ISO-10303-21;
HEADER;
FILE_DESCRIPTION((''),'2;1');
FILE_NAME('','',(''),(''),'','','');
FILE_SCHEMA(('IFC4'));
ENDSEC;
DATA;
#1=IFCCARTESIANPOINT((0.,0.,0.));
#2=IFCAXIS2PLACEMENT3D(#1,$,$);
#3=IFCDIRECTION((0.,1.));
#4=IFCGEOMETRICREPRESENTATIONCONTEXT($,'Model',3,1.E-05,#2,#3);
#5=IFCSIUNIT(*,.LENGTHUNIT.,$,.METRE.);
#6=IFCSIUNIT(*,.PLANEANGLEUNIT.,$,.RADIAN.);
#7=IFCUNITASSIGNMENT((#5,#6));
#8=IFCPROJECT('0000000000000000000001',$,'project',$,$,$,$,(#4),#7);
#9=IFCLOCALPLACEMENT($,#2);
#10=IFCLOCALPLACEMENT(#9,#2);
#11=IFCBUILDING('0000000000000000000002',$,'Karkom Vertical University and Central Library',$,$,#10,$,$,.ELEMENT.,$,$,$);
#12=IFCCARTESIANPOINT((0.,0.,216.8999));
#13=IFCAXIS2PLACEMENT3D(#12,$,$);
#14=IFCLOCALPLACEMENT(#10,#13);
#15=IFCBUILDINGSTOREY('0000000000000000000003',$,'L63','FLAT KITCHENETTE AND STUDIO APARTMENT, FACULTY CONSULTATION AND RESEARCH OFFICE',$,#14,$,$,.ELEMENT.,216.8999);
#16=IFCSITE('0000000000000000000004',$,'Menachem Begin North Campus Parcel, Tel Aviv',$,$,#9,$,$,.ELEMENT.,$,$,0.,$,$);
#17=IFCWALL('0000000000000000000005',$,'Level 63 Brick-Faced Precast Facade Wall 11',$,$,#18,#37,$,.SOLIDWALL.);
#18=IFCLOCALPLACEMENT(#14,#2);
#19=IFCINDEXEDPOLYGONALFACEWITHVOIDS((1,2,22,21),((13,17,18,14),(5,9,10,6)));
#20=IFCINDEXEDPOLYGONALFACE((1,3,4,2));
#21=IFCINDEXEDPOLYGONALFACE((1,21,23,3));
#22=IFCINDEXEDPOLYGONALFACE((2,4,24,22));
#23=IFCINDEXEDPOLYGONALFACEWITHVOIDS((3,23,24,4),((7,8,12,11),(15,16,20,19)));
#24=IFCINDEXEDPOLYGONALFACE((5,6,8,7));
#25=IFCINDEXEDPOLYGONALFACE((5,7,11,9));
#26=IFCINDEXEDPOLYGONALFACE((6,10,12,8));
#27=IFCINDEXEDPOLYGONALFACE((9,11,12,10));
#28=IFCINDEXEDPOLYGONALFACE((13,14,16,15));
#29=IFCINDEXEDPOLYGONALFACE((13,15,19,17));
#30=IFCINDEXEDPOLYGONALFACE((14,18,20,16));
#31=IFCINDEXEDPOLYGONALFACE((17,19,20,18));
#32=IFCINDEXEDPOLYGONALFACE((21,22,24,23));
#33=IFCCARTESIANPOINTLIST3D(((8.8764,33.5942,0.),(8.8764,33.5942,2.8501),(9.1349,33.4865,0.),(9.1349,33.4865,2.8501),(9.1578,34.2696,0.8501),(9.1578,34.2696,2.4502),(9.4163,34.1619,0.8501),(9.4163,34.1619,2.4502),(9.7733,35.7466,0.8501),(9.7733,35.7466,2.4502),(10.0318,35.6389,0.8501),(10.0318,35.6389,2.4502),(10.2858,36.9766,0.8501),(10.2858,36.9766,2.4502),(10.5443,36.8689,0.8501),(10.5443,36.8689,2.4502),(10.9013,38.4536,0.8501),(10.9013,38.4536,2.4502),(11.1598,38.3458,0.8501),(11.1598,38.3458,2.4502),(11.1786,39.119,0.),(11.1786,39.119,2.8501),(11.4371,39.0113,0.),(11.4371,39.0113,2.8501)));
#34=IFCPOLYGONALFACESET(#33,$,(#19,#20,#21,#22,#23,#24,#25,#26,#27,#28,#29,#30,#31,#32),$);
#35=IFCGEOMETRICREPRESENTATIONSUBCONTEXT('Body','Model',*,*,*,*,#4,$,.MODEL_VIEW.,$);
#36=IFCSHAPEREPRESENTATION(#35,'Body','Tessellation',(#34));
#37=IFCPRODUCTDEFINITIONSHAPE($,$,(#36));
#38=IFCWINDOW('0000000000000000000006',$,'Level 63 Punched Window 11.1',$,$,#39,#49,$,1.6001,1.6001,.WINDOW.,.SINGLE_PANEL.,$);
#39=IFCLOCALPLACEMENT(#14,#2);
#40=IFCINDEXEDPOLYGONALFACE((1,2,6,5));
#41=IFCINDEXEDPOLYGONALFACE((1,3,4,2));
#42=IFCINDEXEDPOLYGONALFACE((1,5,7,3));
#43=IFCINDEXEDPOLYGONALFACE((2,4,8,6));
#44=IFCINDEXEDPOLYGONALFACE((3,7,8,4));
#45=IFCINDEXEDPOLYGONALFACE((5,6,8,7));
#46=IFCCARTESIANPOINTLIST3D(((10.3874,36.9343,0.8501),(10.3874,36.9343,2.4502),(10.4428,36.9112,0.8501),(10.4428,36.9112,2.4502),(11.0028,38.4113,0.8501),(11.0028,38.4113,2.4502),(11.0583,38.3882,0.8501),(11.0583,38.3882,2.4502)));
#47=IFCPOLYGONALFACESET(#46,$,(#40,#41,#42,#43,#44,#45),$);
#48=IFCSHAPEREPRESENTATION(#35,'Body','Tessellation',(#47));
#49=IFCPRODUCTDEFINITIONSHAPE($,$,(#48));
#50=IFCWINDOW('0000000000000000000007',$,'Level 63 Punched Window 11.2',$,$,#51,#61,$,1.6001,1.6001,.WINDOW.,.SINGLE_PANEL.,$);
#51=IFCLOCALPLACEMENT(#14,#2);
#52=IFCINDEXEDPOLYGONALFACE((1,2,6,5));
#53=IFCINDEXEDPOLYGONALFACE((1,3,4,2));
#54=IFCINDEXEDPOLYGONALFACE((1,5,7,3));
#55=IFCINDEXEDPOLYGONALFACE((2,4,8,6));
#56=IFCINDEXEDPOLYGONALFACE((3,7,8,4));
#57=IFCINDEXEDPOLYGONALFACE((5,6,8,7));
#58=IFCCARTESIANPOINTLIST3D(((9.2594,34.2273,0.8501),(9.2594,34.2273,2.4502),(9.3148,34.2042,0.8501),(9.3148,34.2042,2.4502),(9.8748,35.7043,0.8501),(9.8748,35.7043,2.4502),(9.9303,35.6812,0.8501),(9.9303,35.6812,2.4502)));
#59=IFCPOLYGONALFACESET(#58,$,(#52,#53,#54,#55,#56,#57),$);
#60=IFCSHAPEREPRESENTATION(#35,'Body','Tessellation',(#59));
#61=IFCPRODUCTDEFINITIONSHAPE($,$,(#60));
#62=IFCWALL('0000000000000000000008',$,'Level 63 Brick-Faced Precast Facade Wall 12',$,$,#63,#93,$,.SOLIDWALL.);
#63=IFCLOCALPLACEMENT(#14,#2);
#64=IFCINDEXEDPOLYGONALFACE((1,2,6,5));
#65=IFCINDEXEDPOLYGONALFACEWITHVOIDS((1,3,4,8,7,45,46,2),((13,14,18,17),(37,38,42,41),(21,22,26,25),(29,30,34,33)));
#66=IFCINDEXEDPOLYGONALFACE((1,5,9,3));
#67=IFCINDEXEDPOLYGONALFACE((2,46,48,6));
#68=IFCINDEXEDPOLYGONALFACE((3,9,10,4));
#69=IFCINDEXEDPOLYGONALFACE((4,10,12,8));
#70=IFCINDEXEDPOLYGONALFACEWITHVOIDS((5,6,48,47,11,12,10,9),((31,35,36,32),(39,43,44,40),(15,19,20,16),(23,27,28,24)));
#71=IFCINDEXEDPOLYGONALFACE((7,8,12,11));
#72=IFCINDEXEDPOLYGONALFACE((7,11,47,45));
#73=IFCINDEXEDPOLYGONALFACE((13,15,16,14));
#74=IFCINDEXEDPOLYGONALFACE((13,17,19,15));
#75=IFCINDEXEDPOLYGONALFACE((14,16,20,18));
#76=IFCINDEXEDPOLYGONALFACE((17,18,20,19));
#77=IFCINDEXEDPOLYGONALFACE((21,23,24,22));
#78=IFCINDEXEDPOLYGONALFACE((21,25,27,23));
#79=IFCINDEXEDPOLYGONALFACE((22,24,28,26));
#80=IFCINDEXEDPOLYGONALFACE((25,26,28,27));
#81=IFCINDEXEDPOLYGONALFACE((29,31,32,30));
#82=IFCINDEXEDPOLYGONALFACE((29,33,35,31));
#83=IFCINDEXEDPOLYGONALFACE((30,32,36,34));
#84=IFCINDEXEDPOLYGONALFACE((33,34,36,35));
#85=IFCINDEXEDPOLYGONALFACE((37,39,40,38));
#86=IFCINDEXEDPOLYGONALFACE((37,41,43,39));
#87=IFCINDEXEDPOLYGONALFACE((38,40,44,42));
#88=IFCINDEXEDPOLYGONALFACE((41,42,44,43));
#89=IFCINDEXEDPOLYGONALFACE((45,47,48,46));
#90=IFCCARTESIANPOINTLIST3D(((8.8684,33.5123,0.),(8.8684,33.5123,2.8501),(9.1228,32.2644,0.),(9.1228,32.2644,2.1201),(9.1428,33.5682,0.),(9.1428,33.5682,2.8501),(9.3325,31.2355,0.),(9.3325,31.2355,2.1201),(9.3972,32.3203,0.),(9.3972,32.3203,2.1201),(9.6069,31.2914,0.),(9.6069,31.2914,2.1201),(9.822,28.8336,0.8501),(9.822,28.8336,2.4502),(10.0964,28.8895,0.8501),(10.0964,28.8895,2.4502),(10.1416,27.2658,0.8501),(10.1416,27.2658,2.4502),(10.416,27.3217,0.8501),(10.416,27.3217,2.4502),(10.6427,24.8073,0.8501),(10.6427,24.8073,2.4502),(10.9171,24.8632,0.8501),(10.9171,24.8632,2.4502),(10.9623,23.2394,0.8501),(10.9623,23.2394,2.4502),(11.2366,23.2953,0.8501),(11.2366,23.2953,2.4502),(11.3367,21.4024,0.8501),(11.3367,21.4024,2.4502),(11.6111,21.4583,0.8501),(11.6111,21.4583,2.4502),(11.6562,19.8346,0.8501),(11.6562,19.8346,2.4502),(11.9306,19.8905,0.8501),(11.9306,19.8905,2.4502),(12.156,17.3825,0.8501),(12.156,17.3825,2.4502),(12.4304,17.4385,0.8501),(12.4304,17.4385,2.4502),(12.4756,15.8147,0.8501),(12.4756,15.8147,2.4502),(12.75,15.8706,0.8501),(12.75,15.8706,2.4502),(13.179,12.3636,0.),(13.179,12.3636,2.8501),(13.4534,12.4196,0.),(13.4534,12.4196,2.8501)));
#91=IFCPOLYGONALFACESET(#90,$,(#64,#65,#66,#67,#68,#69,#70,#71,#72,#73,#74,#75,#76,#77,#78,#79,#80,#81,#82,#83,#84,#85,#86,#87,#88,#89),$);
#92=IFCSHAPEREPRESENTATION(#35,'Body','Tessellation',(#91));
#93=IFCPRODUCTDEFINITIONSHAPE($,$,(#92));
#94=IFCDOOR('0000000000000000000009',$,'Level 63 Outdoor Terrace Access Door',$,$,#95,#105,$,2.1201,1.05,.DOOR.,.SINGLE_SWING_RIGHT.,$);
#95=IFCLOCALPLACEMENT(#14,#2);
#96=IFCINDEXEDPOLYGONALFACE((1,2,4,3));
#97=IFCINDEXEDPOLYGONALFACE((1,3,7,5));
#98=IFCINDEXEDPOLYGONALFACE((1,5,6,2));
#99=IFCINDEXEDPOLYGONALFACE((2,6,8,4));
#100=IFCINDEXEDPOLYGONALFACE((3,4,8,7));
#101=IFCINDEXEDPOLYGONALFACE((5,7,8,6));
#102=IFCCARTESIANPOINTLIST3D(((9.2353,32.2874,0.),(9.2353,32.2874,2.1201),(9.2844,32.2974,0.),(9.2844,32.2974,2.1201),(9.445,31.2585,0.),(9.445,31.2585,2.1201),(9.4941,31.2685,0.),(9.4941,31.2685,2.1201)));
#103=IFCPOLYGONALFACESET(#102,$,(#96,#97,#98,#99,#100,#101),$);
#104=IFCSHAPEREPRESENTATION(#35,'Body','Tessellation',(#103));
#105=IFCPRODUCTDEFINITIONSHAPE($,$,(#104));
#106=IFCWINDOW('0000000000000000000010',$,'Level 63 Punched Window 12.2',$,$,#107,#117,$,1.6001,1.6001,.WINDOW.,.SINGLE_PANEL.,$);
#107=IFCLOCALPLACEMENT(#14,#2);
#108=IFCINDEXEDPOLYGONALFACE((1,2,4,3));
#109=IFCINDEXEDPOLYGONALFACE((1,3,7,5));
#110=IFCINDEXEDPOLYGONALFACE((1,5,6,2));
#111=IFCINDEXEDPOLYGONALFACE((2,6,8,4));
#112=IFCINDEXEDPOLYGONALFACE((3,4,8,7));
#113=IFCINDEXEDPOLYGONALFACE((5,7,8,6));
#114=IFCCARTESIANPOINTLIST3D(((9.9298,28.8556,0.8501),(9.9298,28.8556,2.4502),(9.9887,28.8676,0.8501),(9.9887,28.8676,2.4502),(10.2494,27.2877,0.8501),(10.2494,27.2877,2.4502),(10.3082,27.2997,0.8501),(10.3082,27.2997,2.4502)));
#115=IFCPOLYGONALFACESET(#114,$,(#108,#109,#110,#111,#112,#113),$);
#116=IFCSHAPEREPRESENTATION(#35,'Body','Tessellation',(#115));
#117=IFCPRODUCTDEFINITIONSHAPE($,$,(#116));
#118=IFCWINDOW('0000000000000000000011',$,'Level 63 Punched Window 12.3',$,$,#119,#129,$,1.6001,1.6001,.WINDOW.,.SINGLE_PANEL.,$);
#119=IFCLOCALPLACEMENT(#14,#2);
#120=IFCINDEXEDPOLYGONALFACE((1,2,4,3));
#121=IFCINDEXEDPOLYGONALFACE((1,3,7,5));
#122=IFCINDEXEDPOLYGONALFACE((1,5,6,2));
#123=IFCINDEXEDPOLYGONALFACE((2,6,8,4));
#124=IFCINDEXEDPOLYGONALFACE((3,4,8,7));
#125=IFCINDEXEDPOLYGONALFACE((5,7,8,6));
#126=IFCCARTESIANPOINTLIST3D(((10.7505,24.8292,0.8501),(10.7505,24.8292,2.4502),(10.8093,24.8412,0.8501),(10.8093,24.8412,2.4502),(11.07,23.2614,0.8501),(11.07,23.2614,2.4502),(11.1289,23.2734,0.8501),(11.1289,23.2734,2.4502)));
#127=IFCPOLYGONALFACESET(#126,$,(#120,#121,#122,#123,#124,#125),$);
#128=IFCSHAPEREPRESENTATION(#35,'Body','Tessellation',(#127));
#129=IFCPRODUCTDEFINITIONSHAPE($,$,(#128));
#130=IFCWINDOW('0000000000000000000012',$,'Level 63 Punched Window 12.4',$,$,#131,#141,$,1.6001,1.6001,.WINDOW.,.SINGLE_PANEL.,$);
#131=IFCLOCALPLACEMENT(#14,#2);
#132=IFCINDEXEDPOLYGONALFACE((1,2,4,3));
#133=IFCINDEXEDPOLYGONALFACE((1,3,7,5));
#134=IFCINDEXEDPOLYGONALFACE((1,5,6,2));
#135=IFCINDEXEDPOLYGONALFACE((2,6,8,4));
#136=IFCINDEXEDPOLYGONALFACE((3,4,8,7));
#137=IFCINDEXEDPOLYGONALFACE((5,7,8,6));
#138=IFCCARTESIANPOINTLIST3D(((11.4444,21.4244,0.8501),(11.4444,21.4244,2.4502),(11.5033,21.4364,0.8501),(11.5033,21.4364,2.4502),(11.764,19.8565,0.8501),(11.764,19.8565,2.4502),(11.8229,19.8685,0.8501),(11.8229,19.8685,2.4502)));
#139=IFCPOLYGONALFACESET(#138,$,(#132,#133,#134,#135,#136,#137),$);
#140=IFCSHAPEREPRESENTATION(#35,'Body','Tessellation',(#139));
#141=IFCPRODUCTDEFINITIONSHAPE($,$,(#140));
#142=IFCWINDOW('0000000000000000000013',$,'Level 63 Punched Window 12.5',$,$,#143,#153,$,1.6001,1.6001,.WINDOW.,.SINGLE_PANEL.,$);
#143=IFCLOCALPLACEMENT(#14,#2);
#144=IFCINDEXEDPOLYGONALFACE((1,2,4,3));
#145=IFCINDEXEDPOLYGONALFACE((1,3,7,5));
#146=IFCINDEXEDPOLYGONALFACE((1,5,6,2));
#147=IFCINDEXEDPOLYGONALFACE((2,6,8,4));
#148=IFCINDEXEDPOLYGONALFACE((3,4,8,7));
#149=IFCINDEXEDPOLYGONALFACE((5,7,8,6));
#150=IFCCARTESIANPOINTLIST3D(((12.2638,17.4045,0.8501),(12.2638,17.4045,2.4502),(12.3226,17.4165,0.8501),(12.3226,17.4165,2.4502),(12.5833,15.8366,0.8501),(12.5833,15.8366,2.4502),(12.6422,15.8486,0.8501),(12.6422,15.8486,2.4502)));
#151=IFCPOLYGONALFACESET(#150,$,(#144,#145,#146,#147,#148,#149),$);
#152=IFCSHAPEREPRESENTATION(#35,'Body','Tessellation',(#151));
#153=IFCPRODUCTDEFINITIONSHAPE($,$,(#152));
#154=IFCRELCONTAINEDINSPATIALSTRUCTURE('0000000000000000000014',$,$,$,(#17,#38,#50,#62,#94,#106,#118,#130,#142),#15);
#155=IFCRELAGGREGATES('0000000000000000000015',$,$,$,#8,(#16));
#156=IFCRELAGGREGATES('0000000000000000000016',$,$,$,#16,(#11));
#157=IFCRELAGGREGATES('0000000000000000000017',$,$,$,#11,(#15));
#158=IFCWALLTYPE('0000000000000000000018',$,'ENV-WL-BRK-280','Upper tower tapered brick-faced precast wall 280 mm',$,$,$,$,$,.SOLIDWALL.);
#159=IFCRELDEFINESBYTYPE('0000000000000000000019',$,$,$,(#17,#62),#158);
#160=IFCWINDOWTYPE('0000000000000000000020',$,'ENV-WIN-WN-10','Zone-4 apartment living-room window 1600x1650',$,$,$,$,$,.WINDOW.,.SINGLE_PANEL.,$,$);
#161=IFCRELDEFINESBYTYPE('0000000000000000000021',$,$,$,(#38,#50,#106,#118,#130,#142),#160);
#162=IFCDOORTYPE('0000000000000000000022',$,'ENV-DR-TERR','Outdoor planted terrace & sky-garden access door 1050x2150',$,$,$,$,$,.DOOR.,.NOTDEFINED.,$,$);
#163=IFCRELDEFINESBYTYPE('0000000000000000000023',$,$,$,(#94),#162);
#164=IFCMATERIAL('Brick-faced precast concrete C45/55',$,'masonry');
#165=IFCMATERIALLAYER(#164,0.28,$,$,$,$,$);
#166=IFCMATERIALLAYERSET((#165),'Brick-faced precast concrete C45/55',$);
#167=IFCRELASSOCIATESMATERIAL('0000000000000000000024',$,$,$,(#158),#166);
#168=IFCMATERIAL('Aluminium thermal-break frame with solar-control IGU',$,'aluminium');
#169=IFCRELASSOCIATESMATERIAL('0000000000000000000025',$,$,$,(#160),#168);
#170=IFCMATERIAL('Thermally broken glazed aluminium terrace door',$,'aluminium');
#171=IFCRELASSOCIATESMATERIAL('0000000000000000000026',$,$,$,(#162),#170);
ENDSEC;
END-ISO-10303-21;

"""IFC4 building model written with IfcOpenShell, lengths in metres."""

from ifc_helpers import new_model, si_unit, direction, frame, frame_2d, origin, origin_with_axes, place, context, subcontext, project, spatial, rectangle, extrude, source, transform, mapped, material, layer, layer_set, type_object, element, fill, save


model = new_model("IFC4")

# Units and contexts
model_context = context("Model", 3, precision=1e-05, world=origin(), true_north=direction((0.0, 1.0)))
body_context = subcontext(model_context, "Body", "Model", "MODEL_VIEW")
ifc_project = project(units=[si_unit("LENGTHUNIT", "METRE"), si_unit("PLANEANGLEUNIT", "RADIAN")], contexts=[model_context])

# Site, building, storey
site_placement = place(None, origin())
site = spatial("IfcSite", under=ifc_project, at=site_placement, Name="Menachem Begin North Campus Parcel, Tel Aviv", CompositionType="ELEMENT", RefElevation=0.0)
building_placement = place(site_placement, origin())
building = spatial("IfcBuilding", under=site, at=building_placement, Name="Karkom Vertical University and Central Library", CompositionType="ELEMENT")
storey_placement = place(building_placement, frame((0.0, 0.0, 216.8999)))
storey = spatial("IfcBuildingStorey", under=building, at=storey_placement, Name="L63", Description="FLAT KITCHENETTE AND STUDIO APARTMENT, FACULTY CONSULTATION AND RESEARCH OFFICE", CompositionType="ELEMENT", Elevation=216.8999)

# Wall, openings, windows
ifc_material_1 = material(Name="Brick-faced precast concrete C45/55", Category="masonry")
ifc_layer_1 = layer(ifc_material_1, 0.28)
ifc_layer_set_1 = layer_set([ifc_layer_1], Name="Brick-faced precast concrete C45/55")
wall_type_1 = type_object("IfcWallType", Name="ENV-WL-BRK-280", Description="Upper tower tapered brick-faced precast wall 280 mm", PredefinedType="SOLIDWALL", material=ifc_layer_set_1)
ifc_material_2 = material(Name="Aluminium thermal-break frame with solar-control IGU", Category="aluminium")
window_type = type_object("IfcWindowType", Name="ENV-WIN-WN-10", Description="Zone-4 apartment living-room window 1600x1650", PartitioningType="SINGLE_PANEL", PredefinedType="WINDOW", material=ifc_material_2)
shared_shape_1 = source(origin_with_axes(), body_context, "Body", "SweptSolid", [
    extrude(rectangle(XDim=1.6001, YDim=1.6001, at=frame_2d((0.8, 0.8))), frame((0.0, 0.03, 0.0), z_axis=(0.0, -1.0, 0.0), x_axis=(1.0, 0.0, 0.0)), (0.0, 0.0, 1.0), 0.0601),
])
wall_1_placement = place(storey_placement, frame((11.3079, 39.0652, 0.0), z_axis=(0.0, 0.0, 1.0), x_axis=(-0.384644, -0.923065, 0.0)))
wall_1 = element("IfcWall", 1, at=wall_1_placement, inside=storey, type_object=wall_type_1, Name="Level 63 Brick-Faced Precast Facade Wall 11", PredefinedType="SOLIDWALL", context=body_context, shape_type="SweptSolid", body=[
    extrude(rectangle(XDim=5.9854, YDim=0.28, at=frame_2d((2.9927, 0.0))), origin(), (0.0, 0.0, 1.0), 2.8501),
])
opening_1_placement = place(wall_1_placement, frame((0.7209, 0.0, 0.8501)))
opening_1 = element("IfcOpeningElement", 2, at=opening_1_placement, cuts=wall_1, PredefinedType="OPENING", context=body_context, shape_type="SweptSolid", body=[
    extrude(rectangle(XDim=1.6001, YDim=1.6001, at=frame_2d((0.8, 0.8))), frame((0.0, 0.1499, 0.0), z_axis=(0.0, -1.0, 0.0), x_axis=(1.0, 0.0, 0.0)), (0.0, 0.0, 1.0), 0.3),
])
opening_2_placement = place(wall_1_placement, frame((3.6536, 0.0, 0.8501)))
opening_2 = element("IfcOpeningElement", 3, at=opening_2_placement, cuts=wall_1, PredefinedType="OPENING", context=body_context, shape_type="SweptSolid", body=[
    extrude(rectangle(XDim=1.6001, YDim=1.6001, at=frame_2d((0.8, 0.8))), frame((0.0, 0.1499, 0.0), z_axis=(0.0, -1.0, 0.0), x_axis=(1.0, 0.0, 0.0)), (0.0, 0.0, 1.0), 0.3),
])
window_1_placement = place(opening_1_placement, origin())
window_1 = element("IfcWindow", 4, at=window_1_placement, inside=storey, type_object=window_type, Name="Level 63 Punched Window 11.1", OverallHeight=1.6001, OverallWidth=1.6001, PartitioningType="SINGLE_PANEL", PredefinedType="WINDOW", context=body_context, shape_type="MappedRepresentation", body=[
    mapped(shared_shape_1, transform((0.0, 0.0, 0.0), scale=1.0)),
])
fill(opening_1, window_1)
window_2_placement = place(opening_2_placement, origin())
window_2 = element("IfcWindow", 5, at=window_2_placement, inside=storey, type_object=window_type, Name="Level 63 Punched Window 11.2", OverallHeight=1.6001, OverallWidth=1.6001, PartitioningType="SINGLE_PANEL", PredefinedType="WINDOW", context=body_context, shape_type="MappedRepresentation", body=[
    mapped(shared_shape_1, transform((0.0, 0.0, 0.0), scale=1.0)),
])
fill(opening_2, window_2)

# Wall, openings, door, windows
wall_2_placement = place(storey_placement, frame((9.0056, 33.5403, 0.0), z_axis=(0.0, 0.0, 1.0), x_axis=(0.199715, -0.979854, 0.0)))
wall_2 = element("IfcWall", 6, at=wall_2_placement, inside=storey, type_object=wall_type_1, Name="Level 63 Brick-Faced Precast Facade Wall 12", PredefinedType="SOLIDWALL", context=body_context, shape_type="SweptSolid", body=[
    extrude(rectangle(XDim=21.5835, YDim=0.28, at=frame_2d((10.7917, 0.0))), origin(), (0.0, 0.0, 1.0), 2.8501),
])
opening_3_placement = place(wall_2_placement, frame((4.7749, 0.0, 0.8501)))
opening_3 = element("IfcOpeningElement", 7, at=opening_3_placement, cuts=wall_2, PredefinedType="OPENING", context=body_context, shape_type="SweptSolid", body=[
    extrude(rectangle(XDim=1.6001, YDim=1.6001, at=frame_2d((0.8, 0.8))), frame((0.0, 0.1499, 0.0), z_axis=(0.0, -1.0, 0.0), x_axis=(1.0, 0.0, 0.0)), (0.0, 0.0, 1.0), 0.3),
])
opening_4_placement = place(wall_2_placement, frame((8.884, 0.0, 0.8501)))
opening_4 = element("IfcOpeningElement", 8, at=opening_4_placement, cuts=wall_2, PredefinedType="OPENING", context=body_context, shape_type="SweptSolid", body=[
    extrude(rectangle(XDim=1.6001, YDim=1.6001, at=frame_2d((0.8, 0.8))), frame((0.0, 0.1499, 0.0), z_axis=(0.0, -1.0, 0.0), x_axis=(1.0, 0.0, 0.0)), (0.0, 0.0, 1.0), 0.3),
])
opening_5_placement = place(wall_2_placement, frame((12.3589, 0.0, 0.8501)))
opening_5 = element("IfcOpeningElement", 9, at=opening_5_placement, cuts=wall_2, PredefinedType="OPENING", context=body_context, shape_type="SweptSolid", body=[
    extrude(rectangle(XDim=1.6001, YDim=1.6001, at=frame_2d((0.8, 0.8))), frame((0.0, 0.1499, 0.0), z_axis=(0.0, -1.0, 0.0), x_axis=(1.0, 0.0, 0.0)), (0.0, 0.0, 1.0), 0.3),
])
opening_6_placement = place(wall_2_placement, frame((16.4614, 0.0, 0.8501)))
opening_6 = element("IfcOpeningElement", 10, at=opening_6_placement, cuts=wall_2, PredefinedType="OPENING", context=body_context, shape_type="SweptSolid", body=[
    extrude(rectangle(XDim=1.6001, YDim=1.6001, at=frame_2d((0.8, 0.8))), frame((0.0, 0.1499, 0.0), z_axis=(0.0, -1.0, 0.0), x_axis=(1.0, 0.0, 0.0)), (0.0, 0.0, 1.0), 0.3),
])
opening_7_placement = place(wall_2_placement, frame((1.2737, 0.0, 0.0)))
opening_7 = element("IfcOpeningElement", 11, at=opening_7_placement, cuts=wall_2, PredefinedType="OPENING", context=body_context, shape_type="SweptSolid", body=[
    extrude(rectangle(XDim=1.05, YDim=2.1201, at=frame_2d((0.5249, 1.0601))), frame((0.0, 0.1499, 0.0), z_axis=(0.0, -1.0, 0.0), x_axis=(1.0, 0.0, 0.0)), (0.0, 0.0, 1.0), 0.3),
])
ifc_material_3 = material(Name="Thermally broken glazed aluminium terrace door", Category="aluminium")
door_type_1 = type_object("IfcDoorType", Name="ENV-DR-TERR", Description="Outdoor planted terrace & sky-garden access door 1050x2150", OperationType="NOTDEFINED", PredefinedType="DOOR", material=ifc_material_3)
shared_shape_2 = source(origin_with_axes(), body_context, "Body", "SweptSolid", [
    extrude(rectangle(XDim=1.05, YDim=2.1201, at=frame_2d((0.5249, 1.0601))), frame((0.0, 0.0249, 0.0), z_axis=(0.0, -1.0, 0.0), x_axis=(1.0, 0.0, 0.0)), (0.0, 0.0, 1.0), 0.05),
])
door_1_placement = place(opening_7_placement, origin())
door_1 = element("IfcDoor", 12, at=door_1_placement, inside=storey, type_object=door_type_1, Name="Level 63 Outdoor Terrace Access Door", OperationType="SINGLE_SWING_RIGHT", OverallHeight=2.1201, OverallWidth=1.05, PredefinedType="DOOR", context=body_context, shape_type="MappedRepresentation", body=[
    mapped(shared_shape_2, transform((0.0, 0.0, 0.0), scale=1.0)),
])
fill(opening_7, door_1)
window_3_placement = place(opening_3_placement, origin())
window_3 = element("IfcWindow", 13, at=window_3_placement, inside=storey, type_object=window_type, Name="Level 63 Punched Window 12.2", OverallHeight=1.6001, OverallWidth=1.6001, PartitioningType="SINGLE_PANEL", PredefinedType="WINDOW", context=body_context, shape_type="MappedRepresentation", body=[
    mapped(shared_shape_1, transform((0.0, 0.0, 0.0), scale=1.0)),
])
fill(opening_3, window_3)
window_4_placement = place(opening_4_placement, origin())
window_4 = element("IfcWindow", 14, at=window_4_placement, inside=storey, type_object=window_type, Name="Level 63 Punched Window 12.3", OverallHeight=1.6001, OverallWidth=1.6001, PartitioningType="SINGLE_PANEL", PredefinedType="WINDOW", context=body_context, shape_type="MappedRepresentation", body=[
    mapped(shared_shape_1, transform((0.0, 0.0, 0.0), scale=1.0)),
])
fill(opening_4, window_4)
window_5_placement = place(opening_5_placement, origin())
window_5 = element("IfcWindow", 15, at=window_5_placement, inside=storey, type_object=window_type, Name="Level 63 Punched Window 12.4", OverallHeight=1.6001, OverallWidth=1.6001, PartitioningType="SINGLE_PANEL", PredefinedType="WINDOW", context=body_context, shape_type="MappedRepresentation", body=[
    mapped(shared_shape_1, transform((0.0, 0.0, 0.0), scale=1.0)),
])
fill(opening_5, window_5)
window_6_placement = place(opening_6_placement, origin())
window_6 = element("IfcWindow", 16, at=window_6_placement, inside=storey, type_object=window_type, Name="Level 63 Punched Window 12.5", OverallHeight=1.6001, OverallWidth=1.6001, PartitioningType="SINGLE_PANEL", PredefinedType="WINDOW", context=body_context, shape_type="MappedRepresentation", body=[
    mapped(shared_shape_1, transform((0.0, 0.0, 0.0), scale=1.0)),
])
fill(opening_6, window_6)

save(model, "model.ifc")
